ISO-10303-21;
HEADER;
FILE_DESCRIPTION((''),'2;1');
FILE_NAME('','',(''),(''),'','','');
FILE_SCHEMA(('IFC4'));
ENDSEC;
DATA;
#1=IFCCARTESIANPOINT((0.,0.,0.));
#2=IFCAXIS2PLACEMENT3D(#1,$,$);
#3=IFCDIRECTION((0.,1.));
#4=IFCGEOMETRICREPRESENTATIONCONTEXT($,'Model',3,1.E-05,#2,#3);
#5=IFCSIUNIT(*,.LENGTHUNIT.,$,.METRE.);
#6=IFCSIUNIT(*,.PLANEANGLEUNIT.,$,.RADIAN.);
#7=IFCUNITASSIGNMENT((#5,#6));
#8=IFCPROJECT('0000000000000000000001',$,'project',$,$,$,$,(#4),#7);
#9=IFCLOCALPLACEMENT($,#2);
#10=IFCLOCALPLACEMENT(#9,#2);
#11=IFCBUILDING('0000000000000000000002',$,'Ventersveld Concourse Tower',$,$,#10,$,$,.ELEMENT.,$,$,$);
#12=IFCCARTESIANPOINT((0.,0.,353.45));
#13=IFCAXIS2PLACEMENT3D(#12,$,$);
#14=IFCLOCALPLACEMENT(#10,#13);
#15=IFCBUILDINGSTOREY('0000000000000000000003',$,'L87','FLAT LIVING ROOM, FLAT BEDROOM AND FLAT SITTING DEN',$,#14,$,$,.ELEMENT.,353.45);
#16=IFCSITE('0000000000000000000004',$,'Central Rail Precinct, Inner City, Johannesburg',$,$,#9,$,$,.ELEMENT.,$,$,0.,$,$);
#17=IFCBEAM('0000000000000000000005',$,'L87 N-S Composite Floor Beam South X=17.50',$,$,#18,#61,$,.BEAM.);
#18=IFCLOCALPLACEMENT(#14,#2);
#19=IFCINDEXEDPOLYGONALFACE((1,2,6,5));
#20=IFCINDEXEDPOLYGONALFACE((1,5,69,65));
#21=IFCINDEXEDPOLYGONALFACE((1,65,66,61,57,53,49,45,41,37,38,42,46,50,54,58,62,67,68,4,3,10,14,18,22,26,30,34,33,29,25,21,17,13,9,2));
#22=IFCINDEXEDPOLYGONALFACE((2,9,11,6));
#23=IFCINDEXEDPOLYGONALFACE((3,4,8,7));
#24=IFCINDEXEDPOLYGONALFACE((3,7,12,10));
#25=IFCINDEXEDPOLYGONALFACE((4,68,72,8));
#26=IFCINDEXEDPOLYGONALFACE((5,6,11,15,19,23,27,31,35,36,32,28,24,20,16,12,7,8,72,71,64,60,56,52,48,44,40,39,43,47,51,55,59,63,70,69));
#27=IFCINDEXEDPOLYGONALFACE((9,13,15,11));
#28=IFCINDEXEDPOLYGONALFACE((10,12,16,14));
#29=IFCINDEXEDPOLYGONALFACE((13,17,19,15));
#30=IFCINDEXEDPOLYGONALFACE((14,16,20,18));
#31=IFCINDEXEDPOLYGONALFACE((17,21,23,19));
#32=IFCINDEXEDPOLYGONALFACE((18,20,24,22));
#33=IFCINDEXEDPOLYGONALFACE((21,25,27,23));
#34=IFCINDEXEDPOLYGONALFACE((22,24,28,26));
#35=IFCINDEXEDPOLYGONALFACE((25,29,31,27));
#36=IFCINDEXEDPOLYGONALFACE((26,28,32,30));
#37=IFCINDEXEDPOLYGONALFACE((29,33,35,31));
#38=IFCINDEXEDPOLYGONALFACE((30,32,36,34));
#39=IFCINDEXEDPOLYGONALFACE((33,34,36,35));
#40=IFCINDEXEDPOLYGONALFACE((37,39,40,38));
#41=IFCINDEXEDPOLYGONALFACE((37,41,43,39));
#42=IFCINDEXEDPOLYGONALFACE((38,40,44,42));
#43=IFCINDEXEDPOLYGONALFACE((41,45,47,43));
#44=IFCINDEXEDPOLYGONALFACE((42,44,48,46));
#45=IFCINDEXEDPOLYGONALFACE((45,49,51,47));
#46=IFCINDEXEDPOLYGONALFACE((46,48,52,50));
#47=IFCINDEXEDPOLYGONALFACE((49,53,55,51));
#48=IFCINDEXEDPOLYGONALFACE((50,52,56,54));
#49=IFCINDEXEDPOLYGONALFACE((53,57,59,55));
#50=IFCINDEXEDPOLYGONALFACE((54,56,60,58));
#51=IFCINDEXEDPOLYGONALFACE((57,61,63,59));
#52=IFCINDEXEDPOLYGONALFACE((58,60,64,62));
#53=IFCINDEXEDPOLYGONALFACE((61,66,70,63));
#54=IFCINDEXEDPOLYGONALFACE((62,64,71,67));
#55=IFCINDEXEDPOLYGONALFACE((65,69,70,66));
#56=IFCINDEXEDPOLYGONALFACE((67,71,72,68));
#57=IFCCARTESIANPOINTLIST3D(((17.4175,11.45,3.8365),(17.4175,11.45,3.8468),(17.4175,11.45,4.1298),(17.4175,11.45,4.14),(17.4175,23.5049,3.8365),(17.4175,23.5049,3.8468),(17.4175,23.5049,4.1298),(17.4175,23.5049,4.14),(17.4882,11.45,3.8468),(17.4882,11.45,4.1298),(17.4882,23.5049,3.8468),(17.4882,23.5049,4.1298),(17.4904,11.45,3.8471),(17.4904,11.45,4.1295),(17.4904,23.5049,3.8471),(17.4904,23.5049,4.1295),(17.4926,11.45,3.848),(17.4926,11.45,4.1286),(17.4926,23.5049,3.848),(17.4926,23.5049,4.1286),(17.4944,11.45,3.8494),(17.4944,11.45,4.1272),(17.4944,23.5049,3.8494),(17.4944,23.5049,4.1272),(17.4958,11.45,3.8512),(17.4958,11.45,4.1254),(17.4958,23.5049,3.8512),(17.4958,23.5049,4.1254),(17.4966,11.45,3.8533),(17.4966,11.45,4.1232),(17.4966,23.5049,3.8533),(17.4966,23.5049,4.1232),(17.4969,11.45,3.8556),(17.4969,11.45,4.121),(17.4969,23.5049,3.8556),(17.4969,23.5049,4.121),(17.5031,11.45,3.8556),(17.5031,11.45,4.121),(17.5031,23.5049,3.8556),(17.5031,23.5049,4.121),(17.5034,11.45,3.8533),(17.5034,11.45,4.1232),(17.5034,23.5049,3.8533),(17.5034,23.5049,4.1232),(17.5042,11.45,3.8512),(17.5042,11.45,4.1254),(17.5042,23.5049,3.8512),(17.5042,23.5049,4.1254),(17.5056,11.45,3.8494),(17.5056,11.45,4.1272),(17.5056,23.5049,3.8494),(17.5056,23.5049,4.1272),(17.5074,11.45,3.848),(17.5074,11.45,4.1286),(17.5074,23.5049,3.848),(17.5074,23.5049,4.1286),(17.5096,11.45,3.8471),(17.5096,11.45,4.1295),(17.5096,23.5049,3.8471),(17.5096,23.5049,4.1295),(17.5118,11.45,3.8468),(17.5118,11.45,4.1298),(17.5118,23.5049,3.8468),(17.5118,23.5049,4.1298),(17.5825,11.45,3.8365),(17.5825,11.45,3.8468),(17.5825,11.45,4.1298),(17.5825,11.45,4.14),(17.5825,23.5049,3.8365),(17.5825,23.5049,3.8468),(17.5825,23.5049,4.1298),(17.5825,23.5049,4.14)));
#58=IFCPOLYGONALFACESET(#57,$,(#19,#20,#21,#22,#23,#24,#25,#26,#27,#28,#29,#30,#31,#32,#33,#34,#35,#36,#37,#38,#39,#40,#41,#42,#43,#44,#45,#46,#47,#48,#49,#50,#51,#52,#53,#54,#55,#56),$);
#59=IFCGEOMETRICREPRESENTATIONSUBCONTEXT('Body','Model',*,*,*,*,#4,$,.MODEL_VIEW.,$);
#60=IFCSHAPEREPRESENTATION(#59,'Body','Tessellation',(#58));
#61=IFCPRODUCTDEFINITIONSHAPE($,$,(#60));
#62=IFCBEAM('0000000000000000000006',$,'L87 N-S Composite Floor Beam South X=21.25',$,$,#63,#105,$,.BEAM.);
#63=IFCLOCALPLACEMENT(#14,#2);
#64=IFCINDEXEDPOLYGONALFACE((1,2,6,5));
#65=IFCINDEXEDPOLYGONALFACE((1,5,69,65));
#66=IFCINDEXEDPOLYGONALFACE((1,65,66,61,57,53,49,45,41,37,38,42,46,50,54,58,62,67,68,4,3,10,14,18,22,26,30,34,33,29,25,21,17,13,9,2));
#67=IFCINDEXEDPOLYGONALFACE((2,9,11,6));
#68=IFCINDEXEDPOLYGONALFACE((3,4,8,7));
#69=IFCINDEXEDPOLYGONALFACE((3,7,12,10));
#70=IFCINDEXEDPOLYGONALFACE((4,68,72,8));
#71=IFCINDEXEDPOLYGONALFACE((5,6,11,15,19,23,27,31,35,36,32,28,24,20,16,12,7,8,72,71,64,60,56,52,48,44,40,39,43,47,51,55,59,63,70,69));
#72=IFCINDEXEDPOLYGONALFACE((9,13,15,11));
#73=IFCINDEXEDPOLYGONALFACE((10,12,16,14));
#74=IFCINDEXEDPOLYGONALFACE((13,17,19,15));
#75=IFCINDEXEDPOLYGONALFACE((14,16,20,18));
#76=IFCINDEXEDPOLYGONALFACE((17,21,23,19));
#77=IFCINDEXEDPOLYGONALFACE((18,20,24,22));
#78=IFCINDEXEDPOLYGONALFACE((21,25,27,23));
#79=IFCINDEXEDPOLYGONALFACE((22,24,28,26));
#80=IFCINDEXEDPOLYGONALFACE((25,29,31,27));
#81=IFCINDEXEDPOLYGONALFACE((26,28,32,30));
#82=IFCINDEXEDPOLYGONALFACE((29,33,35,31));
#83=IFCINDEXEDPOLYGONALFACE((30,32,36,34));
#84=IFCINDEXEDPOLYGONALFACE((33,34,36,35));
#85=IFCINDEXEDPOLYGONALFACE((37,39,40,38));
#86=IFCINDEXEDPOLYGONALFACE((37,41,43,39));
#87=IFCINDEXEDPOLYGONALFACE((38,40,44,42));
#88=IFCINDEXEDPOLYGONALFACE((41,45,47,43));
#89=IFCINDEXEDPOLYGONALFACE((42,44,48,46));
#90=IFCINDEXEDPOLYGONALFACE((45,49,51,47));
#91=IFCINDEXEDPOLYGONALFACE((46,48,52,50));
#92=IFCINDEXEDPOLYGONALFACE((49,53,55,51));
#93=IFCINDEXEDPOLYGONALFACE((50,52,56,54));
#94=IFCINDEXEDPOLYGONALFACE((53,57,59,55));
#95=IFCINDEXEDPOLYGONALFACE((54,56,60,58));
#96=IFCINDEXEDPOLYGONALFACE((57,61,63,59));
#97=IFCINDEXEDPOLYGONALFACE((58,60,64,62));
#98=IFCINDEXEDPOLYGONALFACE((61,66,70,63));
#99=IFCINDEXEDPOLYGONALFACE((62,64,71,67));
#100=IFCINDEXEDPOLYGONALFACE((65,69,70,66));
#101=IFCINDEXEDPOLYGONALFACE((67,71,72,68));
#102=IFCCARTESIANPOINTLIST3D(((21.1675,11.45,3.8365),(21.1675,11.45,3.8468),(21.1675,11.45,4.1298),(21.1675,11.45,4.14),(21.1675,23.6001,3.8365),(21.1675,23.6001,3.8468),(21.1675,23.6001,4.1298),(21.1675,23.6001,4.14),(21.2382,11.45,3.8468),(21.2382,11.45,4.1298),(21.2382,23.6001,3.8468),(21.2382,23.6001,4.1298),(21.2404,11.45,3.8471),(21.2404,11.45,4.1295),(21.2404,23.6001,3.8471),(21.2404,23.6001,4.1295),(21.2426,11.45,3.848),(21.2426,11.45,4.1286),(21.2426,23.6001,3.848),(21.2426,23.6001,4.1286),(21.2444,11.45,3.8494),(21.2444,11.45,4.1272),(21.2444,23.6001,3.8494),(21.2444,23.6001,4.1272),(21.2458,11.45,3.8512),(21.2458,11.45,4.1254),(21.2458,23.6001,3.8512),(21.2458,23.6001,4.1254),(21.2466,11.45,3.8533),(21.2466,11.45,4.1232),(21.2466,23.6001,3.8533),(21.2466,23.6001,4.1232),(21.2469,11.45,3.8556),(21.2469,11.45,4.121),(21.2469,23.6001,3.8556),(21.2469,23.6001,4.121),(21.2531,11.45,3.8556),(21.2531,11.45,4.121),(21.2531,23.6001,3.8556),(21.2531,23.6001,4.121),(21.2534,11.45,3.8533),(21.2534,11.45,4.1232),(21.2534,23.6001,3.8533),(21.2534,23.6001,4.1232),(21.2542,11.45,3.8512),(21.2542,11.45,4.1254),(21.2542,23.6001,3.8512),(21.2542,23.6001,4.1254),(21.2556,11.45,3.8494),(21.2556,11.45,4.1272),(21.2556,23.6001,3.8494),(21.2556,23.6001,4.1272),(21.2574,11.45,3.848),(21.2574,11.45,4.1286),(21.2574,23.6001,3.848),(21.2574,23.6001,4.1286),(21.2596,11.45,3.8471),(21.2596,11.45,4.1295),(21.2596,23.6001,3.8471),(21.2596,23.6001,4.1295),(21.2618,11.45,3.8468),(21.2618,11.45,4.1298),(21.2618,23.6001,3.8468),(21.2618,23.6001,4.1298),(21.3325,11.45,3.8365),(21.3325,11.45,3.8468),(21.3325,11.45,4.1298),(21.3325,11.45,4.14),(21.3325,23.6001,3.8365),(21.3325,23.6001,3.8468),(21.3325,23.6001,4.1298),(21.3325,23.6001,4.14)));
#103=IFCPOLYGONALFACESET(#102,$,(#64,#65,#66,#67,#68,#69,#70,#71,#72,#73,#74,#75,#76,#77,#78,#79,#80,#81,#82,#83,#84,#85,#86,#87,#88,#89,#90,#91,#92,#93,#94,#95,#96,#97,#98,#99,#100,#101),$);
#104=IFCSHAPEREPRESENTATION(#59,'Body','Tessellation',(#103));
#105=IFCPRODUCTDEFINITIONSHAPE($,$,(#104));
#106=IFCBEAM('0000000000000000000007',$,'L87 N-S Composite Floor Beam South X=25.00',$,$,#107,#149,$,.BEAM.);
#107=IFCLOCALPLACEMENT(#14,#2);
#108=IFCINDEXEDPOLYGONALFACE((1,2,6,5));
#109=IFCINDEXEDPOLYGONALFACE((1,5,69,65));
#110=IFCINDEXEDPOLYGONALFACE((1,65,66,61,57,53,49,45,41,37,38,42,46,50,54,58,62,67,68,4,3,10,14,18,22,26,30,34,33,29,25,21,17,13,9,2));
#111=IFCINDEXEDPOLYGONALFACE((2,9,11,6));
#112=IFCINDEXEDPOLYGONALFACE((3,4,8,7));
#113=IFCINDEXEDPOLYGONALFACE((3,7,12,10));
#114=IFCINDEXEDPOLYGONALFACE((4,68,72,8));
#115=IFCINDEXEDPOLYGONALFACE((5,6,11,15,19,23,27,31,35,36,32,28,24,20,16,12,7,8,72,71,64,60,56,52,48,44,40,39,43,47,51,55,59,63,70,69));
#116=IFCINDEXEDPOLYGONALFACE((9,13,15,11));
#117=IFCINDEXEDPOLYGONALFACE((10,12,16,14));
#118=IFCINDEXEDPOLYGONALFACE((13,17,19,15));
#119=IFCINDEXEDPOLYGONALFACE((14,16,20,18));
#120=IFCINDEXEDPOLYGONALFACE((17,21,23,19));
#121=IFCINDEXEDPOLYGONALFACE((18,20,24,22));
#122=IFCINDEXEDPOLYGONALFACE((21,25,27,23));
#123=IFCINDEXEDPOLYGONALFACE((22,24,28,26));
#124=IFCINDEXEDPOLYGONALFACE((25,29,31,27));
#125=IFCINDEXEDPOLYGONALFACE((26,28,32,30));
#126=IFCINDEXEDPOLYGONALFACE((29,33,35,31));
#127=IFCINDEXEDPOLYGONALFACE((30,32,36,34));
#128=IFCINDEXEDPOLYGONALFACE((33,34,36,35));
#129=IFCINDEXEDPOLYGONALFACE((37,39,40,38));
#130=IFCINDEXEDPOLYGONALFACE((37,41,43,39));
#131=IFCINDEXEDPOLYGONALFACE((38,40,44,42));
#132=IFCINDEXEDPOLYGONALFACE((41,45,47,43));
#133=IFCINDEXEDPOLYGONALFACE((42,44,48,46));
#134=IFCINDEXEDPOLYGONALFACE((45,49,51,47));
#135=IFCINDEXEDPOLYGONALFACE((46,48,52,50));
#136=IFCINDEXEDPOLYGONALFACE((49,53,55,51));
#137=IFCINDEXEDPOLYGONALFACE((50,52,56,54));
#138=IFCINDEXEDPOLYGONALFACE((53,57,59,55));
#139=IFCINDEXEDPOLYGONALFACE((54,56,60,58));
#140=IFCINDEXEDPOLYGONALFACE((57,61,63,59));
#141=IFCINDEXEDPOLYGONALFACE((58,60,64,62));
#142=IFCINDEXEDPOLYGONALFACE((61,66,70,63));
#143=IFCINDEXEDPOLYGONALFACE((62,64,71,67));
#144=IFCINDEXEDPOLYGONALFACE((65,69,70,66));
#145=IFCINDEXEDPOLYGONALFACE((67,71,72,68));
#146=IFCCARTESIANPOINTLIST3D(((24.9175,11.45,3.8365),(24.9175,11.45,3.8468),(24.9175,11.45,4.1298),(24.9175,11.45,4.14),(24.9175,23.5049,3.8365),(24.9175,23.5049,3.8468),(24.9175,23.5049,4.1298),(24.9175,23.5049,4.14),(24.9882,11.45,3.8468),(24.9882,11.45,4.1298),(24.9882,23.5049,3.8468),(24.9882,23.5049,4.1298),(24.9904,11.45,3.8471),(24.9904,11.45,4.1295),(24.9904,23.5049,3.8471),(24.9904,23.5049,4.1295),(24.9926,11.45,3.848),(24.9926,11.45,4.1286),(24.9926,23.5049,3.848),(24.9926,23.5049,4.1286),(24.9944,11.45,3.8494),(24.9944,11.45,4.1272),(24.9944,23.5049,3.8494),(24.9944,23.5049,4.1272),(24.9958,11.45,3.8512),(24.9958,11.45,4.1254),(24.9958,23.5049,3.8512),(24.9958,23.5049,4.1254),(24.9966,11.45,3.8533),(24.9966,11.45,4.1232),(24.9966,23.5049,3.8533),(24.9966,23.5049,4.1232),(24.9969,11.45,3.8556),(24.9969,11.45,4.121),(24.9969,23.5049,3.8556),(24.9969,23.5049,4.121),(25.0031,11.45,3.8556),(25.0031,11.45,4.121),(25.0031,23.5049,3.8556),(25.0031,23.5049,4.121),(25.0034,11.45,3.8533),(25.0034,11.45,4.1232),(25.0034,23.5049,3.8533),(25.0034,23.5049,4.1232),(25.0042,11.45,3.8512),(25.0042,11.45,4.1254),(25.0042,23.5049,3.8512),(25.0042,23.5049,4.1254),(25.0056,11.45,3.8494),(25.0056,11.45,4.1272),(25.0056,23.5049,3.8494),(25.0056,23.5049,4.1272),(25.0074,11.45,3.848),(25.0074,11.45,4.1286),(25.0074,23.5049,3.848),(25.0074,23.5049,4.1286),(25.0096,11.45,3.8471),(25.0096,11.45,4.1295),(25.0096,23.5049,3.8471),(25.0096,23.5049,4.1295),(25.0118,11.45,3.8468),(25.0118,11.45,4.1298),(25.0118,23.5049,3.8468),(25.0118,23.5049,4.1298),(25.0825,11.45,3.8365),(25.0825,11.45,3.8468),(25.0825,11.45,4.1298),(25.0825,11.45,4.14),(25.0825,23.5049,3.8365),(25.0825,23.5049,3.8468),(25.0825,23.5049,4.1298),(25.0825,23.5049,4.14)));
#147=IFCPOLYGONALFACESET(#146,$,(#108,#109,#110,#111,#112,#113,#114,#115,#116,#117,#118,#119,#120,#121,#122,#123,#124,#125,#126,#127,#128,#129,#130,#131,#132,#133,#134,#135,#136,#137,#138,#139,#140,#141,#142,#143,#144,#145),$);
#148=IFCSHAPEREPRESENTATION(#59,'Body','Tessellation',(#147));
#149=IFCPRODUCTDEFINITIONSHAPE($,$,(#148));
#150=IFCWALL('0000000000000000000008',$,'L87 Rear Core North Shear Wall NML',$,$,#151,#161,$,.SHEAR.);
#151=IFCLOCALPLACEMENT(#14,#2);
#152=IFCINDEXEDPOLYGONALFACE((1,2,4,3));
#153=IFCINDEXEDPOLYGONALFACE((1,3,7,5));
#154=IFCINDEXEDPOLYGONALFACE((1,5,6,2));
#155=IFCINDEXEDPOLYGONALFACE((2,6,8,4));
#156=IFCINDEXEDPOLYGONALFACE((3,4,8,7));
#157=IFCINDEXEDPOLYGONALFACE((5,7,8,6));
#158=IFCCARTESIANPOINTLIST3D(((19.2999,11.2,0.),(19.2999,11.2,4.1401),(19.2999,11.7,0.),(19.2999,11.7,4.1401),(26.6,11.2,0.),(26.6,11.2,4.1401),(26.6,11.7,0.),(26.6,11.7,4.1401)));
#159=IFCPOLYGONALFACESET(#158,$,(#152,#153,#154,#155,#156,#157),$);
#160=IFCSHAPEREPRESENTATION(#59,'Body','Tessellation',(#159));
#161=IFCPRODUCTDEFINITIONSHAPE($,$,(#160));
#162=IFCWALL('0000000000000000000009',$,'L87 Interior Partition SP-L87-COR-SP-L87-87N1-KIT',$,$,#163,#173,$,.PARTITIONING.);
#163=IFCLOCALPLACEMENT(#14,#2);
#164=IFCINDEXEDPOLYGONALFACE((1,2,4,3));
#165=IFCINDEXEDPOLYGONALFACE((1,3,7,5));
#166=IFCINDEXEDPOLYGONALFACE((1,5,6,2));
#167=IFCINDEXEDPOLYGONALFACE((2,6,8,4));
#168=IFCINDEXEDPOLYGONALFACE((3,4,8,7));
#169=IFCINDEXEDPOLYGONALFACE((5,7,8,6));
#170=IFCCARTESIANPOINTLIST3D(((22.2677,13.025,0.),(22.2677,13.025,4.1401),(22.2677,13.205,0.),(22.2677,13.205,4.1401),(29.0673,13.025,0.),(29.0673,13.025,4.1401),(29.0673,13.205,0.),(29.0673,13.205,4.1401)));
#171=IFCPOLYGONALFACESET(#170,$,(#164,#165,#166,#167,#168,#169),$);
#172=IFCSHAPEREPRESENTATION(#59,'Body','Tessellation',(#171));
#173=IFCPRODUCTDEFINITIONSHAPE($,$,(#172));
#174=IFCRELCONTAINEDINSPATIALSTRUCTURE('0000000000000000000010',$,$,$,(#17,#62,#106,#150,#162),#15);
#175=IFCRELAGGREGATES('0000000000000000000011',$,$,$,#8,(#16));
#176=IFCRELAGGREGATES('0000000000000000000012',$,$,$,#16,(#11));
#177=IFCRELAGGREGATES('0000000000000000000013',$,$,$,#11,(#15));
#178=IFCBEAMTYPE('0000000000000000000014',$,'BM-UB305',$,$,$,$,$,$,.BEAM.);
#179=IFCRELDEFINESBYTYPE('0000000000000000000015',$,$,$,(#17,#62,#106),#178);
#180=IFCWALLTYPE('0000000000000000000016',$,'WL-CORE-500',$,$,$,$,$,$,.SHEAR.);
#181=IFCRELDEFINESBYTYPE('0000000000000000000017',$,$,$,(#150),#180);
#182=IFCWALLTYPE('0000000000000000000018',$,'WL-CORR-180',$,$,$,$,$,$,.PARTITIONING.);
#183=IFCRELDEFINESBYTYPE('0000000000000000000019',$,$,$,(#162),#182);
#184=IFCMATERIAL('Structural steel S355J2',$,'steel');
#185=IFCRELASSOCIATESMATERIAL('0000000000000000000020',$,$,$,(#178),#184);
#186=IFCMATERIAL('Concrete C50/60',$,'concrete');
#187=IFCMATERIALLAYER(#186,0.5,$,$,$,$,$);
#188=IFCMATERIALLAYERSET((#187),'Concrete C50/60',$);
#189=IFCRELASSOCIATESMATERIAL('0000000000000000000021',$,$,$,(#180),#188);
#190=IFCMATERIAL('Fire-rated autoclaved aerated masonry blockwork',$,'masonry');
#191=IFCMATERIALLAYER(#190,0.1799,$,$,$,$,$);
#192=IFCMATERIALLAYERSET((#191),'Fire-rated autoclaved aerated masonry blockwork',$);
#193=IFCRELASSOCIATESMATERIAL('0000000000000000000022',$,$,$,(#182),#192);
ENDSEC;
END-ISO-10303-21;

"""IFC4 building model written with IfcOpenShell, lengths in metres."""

from ifc_helpers import new_model, si_unit, direction, frame, frame_2d, origin, origin_2d, place, context, subcontext, project, spatial, rectangle, i_section, extrude, material, layer, layer_set, material_profile, profile_set, type_object, element, save


model = new_model("IFC4")

# Units and contexts
model_context = context("Model", 3, precision=1e-05, world=origin(), true_north=direction((0.0, 1.0)))
body_context = subcontext(model_context, "Body", "Model", "MODEL_VIEW")
ifc_project = project(units=[si_unit("LENGTHUNIT", "METRE"), si_unit("PLANEANGLEUNIT", "RADIAN")], contexts=[model_context])

# Site, building, storey
site_placement = place(None, origin())
site = spatial("IfcSite", under=ifc_project, at=site_placement, Name="Central Rail Precinct, Inner City, Johannesburg", CompositionType="ELEMENT", RefElevation=0.0)
building_placement = place(site_placement, origin())
building = spatial("IfcBuilding", under=site, at=building_placement, Name="Ventersveld Concourse Tower", CompositionType="ELEMENT")
storey_placement = place(building_placement, frame((0.0, 0.0, 353.45)))
storey = spatial("IfcBuildingStorey", under=building, at=storey_placement, Name="L87", Description="FLAT LIVING ROOM, FLAT BEDROOM AND FLAT SITTING DEN", CompositionType="ELEMENT", Elevation=353.45)

# Beams
ifc_material_1 = material(Name="Structural steel S355J2", Category="steel")
ifc_material_profile = material_profile(ifc_material_1, i_section(OverallWidth=0.165, OverallDepth=0.3035, WebThickness=0.0061, FlangeThickness=0.0103, FilletRadius=0.0088, at=origin_2d()), Name="UB 305x165x40")
ifc_profile_set = profile_set([ifc_material_profile], Name="Structural steel S355J2")
beam_type = type_object("IfcBeamType", Name="BM-UB305", PredefinedType="BEAM", material=ifc_profile_set)
beam_1_placement = place(storey_placement, frame((17.5, 11.45, 3.9883), z_axis=(0.0, 1.0, 0.0), x_axis=(-1.0, 0.0, 0.0)))
element("IfcBeam", 1, at=beam_1_placement, inside=storey, type_object=beam_type, Name="L87 N-S Composite Floor Beam South X=17.50", PredefinedType="BEAM", context=body_context, shape_type="SweptSolid", body=[
    extrude(i_section(OverallWidth=0.165, OverallDepth=0.3035, WebThickness=0.0061, FlangeThickness=0.0103, FilletRadius=0.0088, at=origin_2d()), origin(), (0.0, 0.0, 1.0), 12.0549),
])
beam_2_placement = place(storey_placement, frame((21.25, 11.45, 3.9883), z_axis=(0.0, 1.0, 0.0), x_axis=(-1.0, 0.0, 0.0)))
element("IfcBeam", 2, at=beam_2_placement, inside=storey, type_object=beam_type, Name="L87 N-S Composite Floor Beam South X=21.25", PredefinedType="BEAM", context=body_context, shape_type="SweptSolid", body=[
    extrude(i_section(OverallWidth=0.165, OverallDepth=0.3035, WebThickness=0.0061, FlangeThickness=0.0103, FilletRadius=0.0088, at=origin_2d()), origin(), (0.0, 0.0, 1.0), 12.1501),
])
beam_3_placement = place(storey_placement, frame((25.0, 11.45, 3.9883), z_axis=(0.0, 1.0, 0.0), x_axis=(-1.0, 0.0, 0.0)))
element("IfcBeam", 3, at=beam_3_placement, inside=storey, type_object=beam_type, Name="L87 N-S Composite Floor Beam South X=25.00", PredefinedType="BEAM", context=body_context, shape_type="SweptSolid", body=[
    extrude(i_section(OverallWidth=0.165, OverallDepth=0.3035, WebThickness=0.0061, FlangeThickness=0.0103, FilletRadius=0.0088, at=origin_2d()), origin(), (0.0, 0.0, 1.0), 12.0549),
])

# Walls
ifc_material_2 = material(Name="Concrete C50/60", Category="concrete")
ifc_layer_1 = layer(ifc_material_2, 0.5)
ifc_layer_set_1 = layer_set([ifc_layer_1], Name="Concrete C50/60")
wall_type_1 = type_object("IfcWallType", Name="WL-CORE-500", PredefinedType="SHEAR", material=ifc_layer_set_1)
wall_1_placement = place(storey_placement, frame((19.3, 11.45, 0.0), z_axis=(0.0, 0.0, 1.0), x_axis=(1.0, 0.0, 0.0)))
element("IfcWall", 4, at=wall_1_placement, inside=storey, type_object=wall_type_1, Name="L87 Rear Core North Shear Wall NML", PredefinedType="SHEAR", context=body_context, shape_type="SweptSolid", body=[
    extrude(rectangle(XDim=7.3, YDim=0.5, at=frame_2d((3.6499, 0.0))), origin(), (0.0, 0.0, 1.0), 4.1401),
])
ifc_material_3 = material(Name="Fire-rated autoclaved aerated masonry blockwork", Category="masonry")
ifc_layer_2 = layer(ifc_material_3, 0.1799)
ifc_layer_set_2 = layer_set([ifc_layer_2], Name="Fire-rated autoclaved aerated masonry blockwork")
wall_type_2 = type_object("IfcWallType", Name="WL-CORR-180", PredefinedType="PARTITIONING", material=ifc_layer_set_2)
wall_2_placement = place(storey_placement, frame((22.2676, 13.115, 0.0), z_axis=(0.0, 0.0, 1.0), x_axis=(1.0, 0.0, 0.0)))
element("IfcWall", 5, at=wall_2_placement, inside=storey, type_object=wall_type_2, Name="L87 Interior Partition SP-L87-COR-SP-L87-87N1-KIT", PredefinedType="PARTITIONING", context=body_context, shape_type="SweptSolid", body=[
    extrude(rectangle(XDim=6.7996, YDim=0.1799, at=frame_2d((3.3999, 0.0))), origin(), (0.0, 0.0, 1.0), 4.1401),
])

save(model, "model.ifc")
